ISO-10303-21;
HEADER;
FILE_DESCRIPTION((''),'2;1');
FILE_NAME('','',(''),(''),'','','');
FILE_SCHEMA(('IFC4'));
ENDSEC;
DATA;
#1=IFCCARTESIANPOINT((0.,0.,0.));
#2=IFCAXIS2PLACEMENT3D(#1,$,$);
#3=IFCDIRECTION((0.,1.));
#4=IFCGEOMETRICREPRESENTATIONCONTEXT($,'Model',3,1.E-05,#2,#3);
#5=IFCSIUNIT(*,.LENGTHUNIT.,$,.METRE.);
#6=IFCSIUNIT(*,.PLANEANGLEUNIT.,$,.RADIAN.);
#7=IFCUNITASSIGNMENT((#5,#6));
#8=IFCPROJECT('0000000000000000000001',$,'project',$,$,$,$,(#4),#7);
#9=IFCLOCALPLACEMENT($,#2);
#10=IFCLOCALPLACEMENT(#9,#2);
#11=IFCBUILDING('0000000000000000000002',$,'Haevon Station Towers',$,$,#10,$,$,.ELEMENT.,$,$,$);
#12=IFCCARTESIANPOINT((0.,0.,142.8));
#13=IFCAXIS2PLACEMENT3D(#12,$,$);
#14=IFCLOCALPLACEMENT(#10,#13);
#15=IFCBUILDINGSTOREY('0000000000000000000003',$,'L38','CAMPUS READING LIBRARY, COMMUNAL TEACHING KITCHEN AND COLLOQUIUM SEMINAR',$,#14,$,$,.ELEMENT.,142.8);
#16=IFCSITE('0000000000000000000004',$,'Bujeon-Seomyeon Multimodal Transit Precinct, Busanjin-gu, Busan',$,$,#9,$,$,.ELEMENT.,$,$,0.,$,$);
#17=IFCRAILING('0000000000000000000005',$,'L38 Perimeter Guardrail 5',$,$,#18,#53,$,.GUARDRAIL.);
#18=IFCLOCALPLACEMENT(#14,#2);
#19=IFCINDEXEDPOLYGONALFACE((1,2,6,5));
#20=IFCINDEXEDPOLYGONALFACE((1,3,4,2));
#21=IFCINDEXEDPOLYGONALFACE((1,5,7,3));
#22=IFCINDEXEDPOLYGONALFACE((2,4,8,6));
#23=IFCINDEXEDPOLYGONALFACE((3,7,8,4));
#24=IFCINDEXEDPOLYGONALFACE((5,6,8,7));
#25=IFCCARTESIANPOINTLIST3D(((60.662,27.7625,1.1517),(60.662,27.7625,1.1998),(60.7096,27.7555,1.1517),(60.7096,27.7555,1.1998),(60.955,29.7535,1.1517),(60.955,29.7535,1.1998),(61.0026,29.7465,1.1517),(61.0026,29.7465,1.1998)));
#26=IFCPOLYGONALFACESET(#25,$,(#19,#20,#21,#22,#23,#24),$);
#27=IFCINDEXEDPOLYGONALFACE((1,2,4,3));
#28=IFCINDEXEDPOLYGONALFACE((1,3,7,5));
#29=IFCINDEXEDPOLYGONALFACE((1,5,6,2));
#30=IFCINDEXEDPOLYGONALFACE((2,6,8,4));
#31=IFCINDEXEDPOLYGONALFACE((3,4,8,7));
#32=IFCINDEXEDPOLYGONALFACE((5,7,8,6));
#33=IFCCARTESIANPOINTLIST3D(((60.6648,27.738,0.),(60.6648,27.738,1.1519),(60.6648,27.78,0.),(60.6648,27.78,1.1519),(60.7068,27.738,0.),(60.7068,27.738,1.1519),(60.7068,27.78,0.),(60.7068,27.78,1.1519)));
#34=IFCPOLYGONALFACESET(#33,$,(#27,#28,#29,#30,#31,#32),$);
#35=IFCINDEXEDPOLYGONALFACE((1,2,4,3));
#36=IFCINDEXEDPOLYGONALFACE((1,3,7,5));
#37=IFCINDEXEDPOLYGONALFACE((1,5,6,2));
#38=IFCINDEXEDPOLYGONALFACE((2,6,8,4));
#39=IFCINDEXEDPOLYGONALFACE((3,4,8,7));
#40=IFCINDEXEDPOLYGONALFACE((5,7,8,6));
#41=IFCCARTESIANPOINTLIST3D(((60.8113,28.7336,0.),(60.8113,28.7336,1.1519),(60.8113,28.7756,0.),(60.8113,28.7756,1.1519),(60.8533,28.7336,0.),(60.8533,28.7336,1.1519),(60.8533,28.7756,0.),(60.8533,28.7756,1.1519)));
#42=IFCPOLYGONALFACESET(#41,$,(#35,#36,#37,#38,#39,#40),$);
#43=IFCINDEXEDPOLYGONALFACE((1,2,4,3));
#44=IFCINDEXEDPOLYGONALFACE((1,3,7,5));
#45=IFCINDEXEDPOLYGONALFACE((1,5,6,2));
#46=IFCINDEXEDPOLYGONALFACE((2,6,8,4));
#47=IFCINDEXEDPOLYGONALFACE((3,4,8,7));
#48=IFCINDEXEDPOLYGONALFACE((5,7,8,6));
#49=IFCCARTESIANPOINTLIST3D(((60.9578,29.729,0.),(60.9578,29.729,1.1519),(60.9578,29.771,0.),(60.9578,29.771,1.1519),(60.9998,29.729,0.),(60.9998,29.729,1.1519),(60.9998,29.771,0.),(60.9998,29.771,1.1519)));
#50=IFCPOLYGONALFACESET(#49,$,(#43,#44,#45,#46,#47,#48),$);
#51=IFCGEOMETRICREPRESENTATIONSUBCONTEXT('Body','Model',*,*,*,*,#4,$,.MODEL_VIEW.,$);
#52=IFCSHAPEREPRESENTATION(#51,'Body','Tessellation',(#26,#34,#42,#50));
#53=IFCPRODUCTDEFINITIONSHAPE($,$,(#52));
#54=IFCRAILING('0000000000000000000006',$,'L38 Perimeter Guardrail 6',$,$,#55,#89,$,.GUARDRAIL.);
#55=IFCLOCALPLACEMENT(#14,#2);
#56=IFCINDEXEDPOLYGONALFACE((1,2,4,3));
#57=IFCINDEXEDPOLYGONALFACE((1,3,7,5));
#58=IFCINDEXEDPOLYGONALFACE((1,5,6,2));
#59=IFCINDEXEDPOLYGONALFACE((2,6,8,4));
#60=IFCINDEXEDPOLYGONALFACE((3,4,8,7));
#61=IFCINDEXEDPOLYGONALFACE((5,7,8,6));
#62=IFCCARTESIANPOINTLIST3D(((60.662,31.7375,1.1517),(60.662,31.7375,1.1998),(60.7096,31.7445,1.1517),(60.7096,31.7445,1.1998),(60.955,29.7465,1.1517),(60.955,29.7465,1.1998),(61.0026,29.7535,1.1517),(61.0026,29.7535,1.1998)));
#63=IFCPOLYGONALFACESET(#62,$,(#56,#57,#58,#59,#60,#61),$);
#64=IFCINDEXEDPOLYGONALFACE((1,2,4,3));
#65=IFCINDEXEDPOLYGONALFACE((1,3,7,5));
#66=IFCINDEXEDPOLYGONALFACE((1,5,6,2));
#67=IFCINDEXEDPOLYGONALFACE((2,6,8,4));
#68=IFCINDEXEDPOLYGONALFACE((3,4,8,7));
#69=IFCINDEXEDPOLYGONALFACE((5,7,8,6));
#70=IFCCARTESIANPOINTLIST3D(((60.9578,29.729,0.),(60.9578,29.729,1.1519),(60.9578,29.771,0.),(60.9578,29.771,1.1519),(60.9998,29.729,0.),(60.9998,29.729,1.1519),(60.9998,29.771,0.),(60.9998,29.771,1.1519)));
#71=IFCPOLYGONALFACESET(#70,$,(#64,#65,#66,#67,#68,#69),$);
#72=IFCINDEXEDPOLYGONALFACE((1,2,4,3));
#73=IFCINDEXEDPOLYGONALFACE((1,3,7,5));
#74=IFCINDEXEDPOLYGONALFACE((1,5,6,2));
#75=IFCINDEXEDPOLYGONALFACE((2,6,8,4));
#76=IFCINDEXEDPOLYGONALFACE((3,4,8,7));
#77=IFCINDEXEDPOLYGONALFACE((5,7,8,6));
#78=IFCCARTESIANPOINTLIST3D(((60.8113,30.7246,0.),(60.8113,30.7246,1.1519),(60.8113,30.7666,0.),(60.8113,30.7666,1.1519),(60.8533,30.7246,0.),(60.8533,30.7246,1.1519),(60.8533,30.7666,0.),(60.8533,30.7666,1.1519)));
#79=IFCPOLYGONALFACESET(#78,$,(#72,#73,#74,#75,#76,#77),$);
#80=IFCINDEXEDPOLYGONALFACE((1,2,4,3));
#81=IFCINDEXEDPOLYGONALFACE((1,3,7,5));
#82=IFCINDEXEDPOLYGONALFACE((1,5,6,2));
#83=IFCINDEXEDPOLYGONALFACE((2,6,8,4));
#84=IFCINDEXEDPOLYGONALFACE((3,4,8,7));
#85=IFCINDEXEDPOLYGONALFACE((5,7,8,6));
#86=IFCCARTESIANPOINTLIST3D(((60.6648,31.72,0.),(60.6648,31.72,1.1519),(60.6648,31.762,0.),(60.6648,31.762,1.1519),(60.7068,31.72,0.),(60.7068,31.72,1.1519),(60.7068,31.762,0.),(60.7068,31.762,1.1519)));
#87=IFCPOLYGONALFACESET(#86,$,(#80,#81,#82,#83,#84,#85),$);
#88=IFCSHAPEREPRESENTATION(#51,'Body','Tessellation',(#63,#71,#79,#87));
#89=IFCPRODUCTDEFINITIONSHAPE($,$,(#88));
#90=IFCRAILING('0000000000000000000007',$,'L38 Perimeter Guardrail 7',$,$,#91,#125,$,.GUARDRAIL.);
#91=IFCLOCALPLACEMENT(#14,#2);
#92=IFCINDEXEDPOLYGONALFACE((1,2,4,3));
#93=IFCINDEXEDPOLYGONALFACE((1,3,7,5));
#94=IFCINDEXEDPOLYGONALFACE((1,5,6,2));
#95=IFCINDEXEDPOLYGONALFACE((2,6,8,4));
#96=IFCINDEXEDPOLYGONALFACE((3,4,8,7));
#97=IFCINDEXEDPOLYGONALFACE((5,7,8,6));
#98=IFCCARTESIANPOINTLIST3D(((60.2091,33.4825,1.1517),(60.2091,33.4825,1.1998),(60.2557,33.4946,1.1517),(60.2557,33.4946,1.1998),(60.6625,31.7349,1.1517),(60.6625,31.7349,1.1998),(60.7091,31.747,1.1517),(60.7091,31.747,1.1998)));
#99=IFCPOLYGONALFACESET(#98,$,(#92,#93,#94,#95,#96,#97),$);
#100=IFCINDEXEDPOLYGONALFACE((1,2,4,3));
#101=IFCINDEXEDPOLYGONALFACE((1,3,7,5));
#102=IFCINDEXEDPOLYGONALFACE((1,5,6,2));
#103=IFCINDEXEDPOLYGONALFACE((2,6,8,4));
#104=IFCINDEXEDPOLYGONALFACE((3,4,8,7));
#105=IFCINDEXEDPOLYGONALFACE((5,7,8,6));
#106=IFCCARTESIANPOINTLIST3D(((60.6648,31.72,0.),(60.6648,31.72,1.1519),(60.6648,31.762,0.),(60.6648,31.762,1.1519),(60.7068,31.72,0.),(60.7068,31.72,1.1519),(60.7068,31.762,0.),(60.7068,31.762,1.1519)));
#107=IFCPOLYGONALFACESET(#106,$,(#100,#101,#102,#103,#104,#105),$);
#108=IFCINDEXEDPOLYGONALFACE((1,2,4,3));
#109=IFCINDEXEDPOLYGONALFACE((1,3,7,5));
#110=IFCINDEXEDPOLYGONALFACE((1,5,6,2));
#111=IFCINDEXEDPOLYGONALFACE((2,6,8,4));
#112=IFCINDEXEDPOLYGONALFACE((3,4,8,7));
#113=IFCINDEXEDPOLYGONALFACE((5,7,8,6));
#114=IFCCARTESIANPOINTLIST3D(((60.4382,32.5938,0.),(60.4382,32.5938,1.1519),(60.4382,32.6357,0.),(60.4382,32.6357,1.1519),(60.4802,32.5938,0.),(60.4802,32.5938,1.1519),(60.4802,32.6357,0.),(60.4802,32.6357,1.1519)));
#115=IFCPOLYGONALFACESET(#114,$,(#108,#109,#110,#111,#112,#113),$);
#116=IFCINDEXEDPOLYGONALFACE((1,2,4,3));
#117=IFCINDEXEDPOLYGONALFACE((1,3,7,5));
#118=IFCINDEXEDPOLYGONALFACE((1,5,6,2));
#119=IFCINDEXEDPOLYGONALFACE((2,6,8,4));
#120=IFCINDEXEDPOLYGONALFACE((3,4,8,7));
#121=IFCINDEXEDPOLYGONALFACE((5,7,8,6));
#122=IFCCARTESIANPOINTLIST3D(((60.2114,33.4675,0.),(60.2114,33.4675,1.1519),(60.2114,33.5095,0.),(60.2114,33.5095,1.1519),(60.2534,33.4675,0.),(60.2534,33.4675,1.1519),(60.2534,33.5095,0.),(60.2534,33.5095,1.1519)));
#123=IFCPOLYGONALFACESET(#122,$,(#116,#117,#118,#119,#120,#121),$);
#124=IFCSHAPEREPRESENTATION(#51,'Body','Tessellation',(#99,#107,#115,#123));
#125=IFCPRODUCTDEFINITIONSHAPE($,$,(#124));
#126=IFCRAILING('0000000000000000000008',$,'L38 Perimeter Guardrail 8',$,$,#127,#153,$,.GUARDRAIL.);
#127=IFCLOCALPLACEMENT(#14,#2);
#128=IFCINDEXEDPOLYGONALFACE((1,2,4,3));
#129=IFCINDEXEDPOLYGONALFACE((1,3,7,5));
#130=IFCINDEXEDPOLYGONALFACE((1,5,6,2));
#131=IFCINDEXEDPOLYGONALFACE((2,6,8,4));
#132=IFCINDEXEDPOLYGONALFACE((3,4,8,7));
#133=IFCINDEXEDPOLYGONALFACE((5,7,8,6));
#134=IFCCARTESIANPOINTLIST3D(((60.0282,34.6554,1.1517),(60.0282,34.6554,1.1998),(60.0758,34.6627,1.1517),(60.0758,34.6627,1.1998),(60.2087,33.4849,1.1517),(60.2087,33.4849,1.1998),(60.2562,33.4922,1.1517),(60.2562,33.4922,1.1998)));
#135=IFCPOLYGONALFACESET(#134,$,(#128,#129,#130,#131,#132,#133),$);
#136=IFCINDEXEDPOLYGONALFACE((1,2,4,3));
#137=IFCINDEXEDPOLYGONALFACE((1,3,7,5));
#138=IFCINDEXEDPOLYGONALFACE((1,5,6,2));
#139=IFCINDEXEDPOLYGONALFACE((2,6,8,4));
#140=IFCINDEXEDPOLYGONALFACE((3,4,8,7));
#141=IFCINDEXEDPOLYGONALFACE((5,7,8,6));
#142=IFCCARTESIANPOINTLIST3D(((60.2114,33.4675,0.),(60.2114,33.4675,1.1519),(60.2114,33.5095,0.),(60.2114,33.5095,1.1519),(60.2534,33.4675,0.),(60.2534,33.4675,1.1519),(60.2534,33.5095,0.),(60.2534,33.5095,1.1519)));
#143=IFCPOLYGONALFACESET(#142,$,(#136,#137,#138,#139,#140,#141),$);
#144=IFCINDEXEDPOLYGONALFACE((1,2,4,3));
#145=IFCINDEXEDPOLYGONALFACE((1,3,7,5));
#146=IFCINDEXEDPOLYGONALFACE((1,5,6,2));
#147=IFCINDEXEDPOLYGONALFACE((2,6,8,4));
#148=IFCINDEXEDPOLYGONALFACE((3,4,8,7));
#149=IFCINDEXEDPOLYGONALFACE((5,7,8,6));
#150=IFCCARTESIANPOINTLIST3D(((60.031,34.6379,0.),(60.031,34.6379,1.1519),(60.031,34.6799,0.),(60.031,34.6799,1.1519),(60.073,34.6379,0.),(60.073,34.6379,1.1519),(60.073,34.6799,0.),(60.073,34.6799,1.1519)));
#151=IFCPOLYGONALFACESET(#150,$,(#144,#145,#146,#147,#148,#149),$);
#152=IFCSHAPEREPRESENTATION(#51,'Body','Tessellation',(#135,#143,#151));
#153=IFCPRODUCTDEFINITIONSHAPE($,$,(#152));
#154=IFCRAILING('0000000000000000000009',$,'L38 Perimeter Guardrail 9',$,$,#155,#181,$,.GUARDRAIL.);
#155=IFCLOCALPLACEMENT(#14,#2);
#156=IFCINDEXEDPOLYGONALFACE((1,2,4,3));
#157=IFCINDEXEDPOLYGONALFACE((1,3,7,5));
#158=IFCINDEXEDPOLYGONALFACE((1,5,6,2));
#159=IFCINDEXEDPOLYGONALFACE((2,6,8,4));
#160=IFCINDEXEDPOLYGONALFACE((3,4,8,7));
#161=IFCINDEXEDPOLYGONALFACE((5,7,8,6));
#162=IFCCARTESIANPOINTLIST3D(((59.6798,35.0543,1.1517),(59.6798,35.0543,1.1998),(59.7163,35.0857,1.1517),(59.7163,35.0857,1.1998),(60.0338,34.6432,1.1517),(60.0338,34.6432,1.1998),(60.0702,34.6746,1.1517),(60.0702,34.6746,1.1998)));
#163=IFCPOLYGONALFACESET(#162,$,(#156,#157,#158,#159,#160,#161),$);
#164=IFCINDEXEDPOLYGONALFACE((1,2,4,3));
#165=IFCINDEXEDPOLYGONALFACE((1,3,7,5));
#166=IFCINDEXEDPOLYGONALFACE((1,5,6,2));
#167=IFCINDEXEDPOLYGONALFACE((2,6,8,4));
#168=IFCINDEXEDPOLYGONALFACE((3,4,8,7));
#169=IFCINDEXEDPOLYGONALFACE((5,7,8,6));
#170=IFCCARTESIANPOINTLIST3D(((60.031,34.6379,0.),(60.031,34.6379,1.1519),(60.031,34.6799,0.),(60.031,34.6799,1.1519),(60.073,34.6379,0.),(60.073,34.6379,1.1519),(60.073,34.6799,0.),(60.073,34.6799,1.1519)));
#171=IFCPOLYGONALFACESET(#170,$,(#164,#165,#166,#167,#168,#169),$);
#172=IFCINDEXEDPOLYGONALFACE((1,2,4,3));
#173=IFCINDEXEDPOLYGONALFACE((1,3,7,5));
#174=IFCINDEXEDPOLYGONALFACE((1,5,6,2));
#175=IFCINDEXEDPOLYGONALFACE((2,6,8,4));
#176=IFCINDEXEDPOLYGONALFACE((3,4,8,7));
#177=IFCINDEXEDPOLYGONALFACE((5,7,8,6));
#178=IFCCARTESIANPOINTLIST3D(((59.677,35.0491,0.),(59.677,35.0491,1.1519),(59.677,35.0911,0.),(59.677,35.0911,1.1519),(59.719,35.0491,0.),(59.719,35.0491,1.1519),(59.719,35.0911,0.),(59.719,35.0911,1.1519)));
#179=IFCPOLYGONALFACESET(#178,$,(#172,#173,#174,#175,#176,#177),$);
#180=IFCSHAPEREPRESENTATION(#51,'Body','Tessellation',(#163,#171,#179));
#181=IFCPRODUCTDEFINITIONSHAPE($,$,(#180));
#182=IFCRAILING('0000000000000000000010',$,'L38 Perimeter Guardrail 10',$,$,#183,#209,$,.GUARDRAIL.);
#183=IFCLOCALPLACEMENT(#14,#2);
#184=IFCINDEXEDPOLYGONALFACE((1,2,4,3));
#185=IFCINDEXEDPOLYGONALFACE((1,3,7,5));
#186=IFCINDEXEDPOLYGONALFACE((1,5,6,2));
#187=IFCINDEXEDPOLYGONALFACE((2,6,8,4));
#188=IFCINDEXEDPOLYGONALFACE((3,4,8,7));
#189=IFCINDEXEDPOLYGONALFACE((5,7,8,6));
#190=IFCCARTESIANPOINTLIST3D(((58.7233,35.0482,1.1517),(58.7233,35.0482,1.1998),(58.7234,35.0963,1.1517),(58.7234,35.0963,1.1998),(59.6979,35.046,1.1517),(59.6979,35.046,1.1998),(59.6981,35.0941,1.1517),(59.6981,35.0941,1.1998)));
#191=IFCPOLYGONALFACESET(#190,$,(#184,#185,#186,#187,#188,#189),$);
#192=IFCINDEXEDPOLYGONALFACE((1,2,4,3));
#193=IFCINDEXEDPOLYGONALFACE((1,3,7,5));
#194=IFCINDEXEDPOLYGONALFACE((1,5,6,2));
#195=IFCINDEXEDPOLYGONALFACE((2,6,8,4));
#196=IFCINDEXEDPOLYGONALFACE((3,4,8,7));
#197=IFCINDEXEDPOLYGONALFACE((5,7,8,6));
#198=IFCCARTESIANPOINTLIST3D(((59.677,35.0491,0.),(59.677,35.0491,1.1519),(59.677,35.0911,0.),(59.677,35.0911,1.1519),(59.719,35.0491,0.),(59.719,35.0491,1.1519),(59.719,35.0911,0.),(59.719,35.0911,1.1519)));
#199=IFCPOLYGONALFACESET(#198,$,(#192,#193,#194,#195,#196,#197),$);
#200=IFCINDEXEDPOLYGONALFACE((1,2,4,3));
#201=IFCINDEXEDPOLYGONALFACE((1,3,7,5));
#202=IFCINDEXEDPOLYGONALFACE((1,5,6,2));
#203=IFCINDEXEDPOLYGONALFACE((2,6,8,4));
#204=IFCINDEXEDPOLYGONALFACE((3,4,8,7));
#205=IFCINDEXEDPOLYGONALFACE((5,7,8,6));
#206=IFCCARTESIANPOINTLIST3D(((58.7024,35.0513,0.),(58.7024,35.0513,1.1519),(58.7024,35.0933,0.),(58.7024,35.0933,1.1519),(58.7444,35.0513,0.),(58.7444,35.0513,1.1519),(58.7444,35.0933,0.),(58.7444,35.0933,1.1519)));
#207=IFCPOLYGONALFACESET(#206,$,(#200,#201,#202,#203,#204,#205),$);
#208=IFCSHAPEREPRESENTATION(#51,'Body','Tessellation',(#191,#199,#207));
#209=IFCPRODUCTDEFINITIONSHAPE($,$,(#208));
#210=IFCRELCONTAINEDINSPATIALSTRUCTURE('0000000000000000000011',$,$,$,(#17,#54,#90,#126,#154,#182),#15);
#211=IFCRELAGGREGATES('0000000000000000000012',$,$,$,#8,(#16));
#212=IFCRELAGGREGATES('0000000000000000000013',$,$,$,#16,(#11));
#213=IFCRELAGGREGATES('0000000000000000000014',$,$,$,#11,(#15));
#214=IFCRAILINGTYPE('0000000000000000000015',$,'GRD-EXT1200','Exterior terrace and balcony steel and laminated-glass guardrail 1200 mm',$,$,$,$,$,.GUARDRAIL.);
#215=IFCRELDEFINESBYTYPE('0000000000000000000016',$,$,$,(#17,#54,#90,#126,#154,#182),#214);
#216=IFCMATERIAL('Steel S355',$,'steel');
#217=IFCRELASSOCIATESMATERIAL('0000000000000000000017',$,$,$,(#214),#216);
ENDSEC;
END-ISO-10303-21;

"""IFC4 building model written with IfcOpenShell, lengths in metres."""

from ifc_helpers import new_model, si_unit, direction, frame, origin, origin_2d, place, context, subcontext, project, spatial, rectangle, extrude, material, type_object, element, save


model = new_model("IFC4")

# Units and contexts
model_context = context("Model", 3, precision=1e-05, world=origin(), true_north=direction((0.0, 1.0)))
body_context = subcontext(model_context, "Body", "Model", "MODEL_VIEW")
ifc_project = project(units=[si_unit("LENGTHUNIT", "METRE"), si_unit("PLANEANGLEUNIT", "RADIAN")], contexts=[model_context])

# Site, building, storey
site_placement = place(None, origin())
site = spatial("IfcSite", under=ifc_project, at=site_placement, Name="Bujeon-Seomyeon Multimodal Transit Precinct, Busanjin-gu, Busan", CompositionType="ELEMENT", RefElevation=0.0)
building_placement = place(site_placement, origin())
building = spatial("IfcBuilding", under=site, at=building_placement, Name="Haevon Station Towers", CompositionType="ELEMENT")
storey_placement = place(building_placement, frame((0.0, 0.0, 142.8)))
storey = spatial("IfcBuildingStorey", under=building, at=storey_placement, Name="L38", Description="CAMPUS READING LIBRARY, COMMUNAL TEACHING KITCHEN AND COLLOQUIUM SEMINAR", CompositionType="ELEMENT", Elevation=142.8)

# Shared definitions
ifc_material_1 = material(Name="Steel S355", Category="steel")

# Railings
railing_type = type_object("IfcRailingType", Name="GRD-EXT1200", Description="Exterior terrace and balcony steel and laminated-glass guardrail 1200 mm", PredefinedType="GUARDRAIL", material=ifc_material_1)
railing_1_placement = place(storey_placement, frame((60.6858, 27.759, 0.0)))
element("IfcRailing", 1, at=railing_1_placement, inside=storey, type_object=railing_type, Name="L38 Perimeter Guardrail 5", PredefinedType="GUARDRAIL", context=body_context, shape_type="SweptSolid", body=[
    extrude(rectangle(XDim=0.0481, YDim=0.0481, at=origin_2d()), frame((0.0, 0.0, 1.1758), z_axis=(0.145581, 0.989346, 0.0), x_axis=(-0.989346, 0.145581, 0.0)), (0.0, 0.0, 1.0), 2.0125),
    extrude(rectangle(XDim=0.042, YDim=0.042, at=origin_2d()), origin(), (0.0, 0.0, 1.0), 1.1519),
    extrude(rectangle(XDim=0.042, YDim=0.042, at=origin_2d()), frame((0.1465, 0.9956, 0.0)), (0.0, 0.0, 1.0), 1.1519),
    extrude(rectangle(XDim=0.042, YDim=0.042, at=origin_2d()), frame((0.293, 1.991, 0.0)), (0.0, 0.0, 1.0), 1.1519),
])
railing_2_placement = place(storey_placement, frame((60.9788, 29.75, 0.0)))
element("IfcRailing", 2, at=railing_2_placement, inside=storey, type_object=railing_type, Name="L38 Perimeter Guardrail 6", PredefinedType="GUARDRAIL", context=body_context, shape_type="SweptSolid", body=[
    extrude(rectangle(XDim=0.0481, YDim=0.0481, at=origin_2d()), frame((0.0, 0.0, 1.1758), z_axis=(-0.145581, 0.989346, 0.0), x_axis=(-0.989346, -0.145581, 0.0)), (0.0, 0.0, 1.0), 2.0125),
    extrude(rectangle(XDim=0.042, YDim=0.042, at=origin_2d()), origin(), (0.0, 0.0, 1.0), 1.1519),
    extrude(rectangle(XDim=0.042, YDim=0.042, at=origin_2d()), frame((-0.1465, 0.9956, 0.0)), (0.0, 0.0, 1.0), 1.1519),
    extrude(rectangle(XDim=0.042, YDim=0.042, at=origin_2d()), frame((-0.293, 1.991, 0.0)), (0.0, 0.0, 1.0), 1.1519),
])
railing_3_placement = place(storey_placement, frame((60.6858, 31.741, 0.0)))
element("IfcRailing", 3, at=railing_3_placement, inside=storey, type_object=railing_type, Name="L38 Perimeter Guardrail 7", PredefinedType="GUARDRAIL", context=body_context, shape_type="SweptSolid", body=[
    extrude(rectangle(XDim=0.0481, YDim=0.0481, at=origin_2d()), frame((0.0, 0.0, 1.1758), z_axis=(-0.251117, 0.967957, 0.0), x_axis=(-0.967957, -0.251117, 0.0)), (0.0, 0.0, 1.0), 1.8054),
    extrude(rectangle(XDim=0.042, YDim=0.042, at=origin_2d()), origin(), (0.0, 0.0, 1.0), 1.1519),
    extrude(rectangle(XDim=0.042, YDim=0.042, at=origin_2d()), frame((-0.2266, 0.8738, 0.0)), (0.0, 0.0, 1.0), 1.1519),
    extrude(rectangle(XDim=0.042, YDim=0.042, at=origin_2d()), frame((-0.4534, 1.7476, 0.0)), (0.0, 0.0, 1.0), 1.1519),
])
railing_4_placement = place(storey_placement, frame((60.2324, 33.4885, 0.0)))
element("IfcRailing", 4, at=railing_4_placement, inside=storey, type_object=railing_type, Name="L38 Perimeter Guardrail 8", PredefinedType="GUARDRAIL", context=body_context, shape_type="SweptSolid", body=[
    extrude(rectangle(XDim=0.0481, YDim=0.0481, at=origin_2d()), frame((0.0, 0.0, 1.1758), z_axis=(-0.152352, 0.988326, 0.0), x_axis=(-0.988326, -0.152352, 0.0)), (0.0, 0.0, 1.0), 1.1843),
    extrude(rectangle(XDim=0.042, YDim=0.042, at=origin_2d()), origin(), (0.0, 0.0, 1.0), 1.1519),
    extrude(rectangle(XDim=0.042, YDim=0.042, at=origin_2d()), frame((-0.1804, 1.1704, 0.0)), (0.0, 0.0, 1.0), 1.1519),
])
railing_5_placement = place(storey_placement, frame((60.052, 34.6589, 0.0)))
element("IfcRailing", 5, at=railing_5_placement, inside=storey, type_object=railing_type, Name="L38 Perimeter Guardrail 9", PredefinedType="GUARDRAIL", context=body_context, shape_type="SweptSolid", body=[
    extrude(rectangle(XDim=0.0481, YDim=0.0481, at=origin_2d()), frame((0.0, 0.0, 1.1758), z_axis=(-0.652494, 0.757794, 0.0), x_axis=(-0.757794, -0.652494, 0.0)), (0.0, 0.0, 1.0), 0.5425),
    extrude(rectangle(XDim=0.042, YDim=0.042, at=origin_2d()), origin(), (0.0, 0.0, 1.0), 1.1519),
    extrude(rectangle(XDim=0.042, YDim=0.042, at=origin_2d()), frame((-0.354, 0.4111, 0.0)), (0.0, 0.0, 1.0), 1.1519),
])
railing_6_placement = place(storey_placement, frame((59.698, 35.0701, 0.0)))
element("IfcRailing", 6, at=railing_6_placement, inside=storey, type_object=railing_type, Name="L38 Perimeter Guardrail 10", PredefinedType="GUARDRAIL", context=body_context, shape_type="SweptSolid", body=[
    extrude(rectangle(XDim=0.0481, YDim=0.0481, at=origin_2d()), frame((0.0, 0.0, 1.1758), z_axis=(-0.999997, 0.002255, 0.0), x_axis=(-0.002255, -0.999997, 0.0)), (0.0, 0.0, 1.0), 0.9746),
    extrude(rectangle(XDim=0.042, YDim=0.042, at=origin_2d()), origin(), (0.0, 0.0, 1.0), 1.1519),
    extrude(rectangle(XDim=0.042, YDim=0.042, at=origin_2d()), frame((-0.9746, 0.0022, 0.0)), (0.0, 0.0, 1.0), 1.1519),
])

save(model, "model.ifc")
